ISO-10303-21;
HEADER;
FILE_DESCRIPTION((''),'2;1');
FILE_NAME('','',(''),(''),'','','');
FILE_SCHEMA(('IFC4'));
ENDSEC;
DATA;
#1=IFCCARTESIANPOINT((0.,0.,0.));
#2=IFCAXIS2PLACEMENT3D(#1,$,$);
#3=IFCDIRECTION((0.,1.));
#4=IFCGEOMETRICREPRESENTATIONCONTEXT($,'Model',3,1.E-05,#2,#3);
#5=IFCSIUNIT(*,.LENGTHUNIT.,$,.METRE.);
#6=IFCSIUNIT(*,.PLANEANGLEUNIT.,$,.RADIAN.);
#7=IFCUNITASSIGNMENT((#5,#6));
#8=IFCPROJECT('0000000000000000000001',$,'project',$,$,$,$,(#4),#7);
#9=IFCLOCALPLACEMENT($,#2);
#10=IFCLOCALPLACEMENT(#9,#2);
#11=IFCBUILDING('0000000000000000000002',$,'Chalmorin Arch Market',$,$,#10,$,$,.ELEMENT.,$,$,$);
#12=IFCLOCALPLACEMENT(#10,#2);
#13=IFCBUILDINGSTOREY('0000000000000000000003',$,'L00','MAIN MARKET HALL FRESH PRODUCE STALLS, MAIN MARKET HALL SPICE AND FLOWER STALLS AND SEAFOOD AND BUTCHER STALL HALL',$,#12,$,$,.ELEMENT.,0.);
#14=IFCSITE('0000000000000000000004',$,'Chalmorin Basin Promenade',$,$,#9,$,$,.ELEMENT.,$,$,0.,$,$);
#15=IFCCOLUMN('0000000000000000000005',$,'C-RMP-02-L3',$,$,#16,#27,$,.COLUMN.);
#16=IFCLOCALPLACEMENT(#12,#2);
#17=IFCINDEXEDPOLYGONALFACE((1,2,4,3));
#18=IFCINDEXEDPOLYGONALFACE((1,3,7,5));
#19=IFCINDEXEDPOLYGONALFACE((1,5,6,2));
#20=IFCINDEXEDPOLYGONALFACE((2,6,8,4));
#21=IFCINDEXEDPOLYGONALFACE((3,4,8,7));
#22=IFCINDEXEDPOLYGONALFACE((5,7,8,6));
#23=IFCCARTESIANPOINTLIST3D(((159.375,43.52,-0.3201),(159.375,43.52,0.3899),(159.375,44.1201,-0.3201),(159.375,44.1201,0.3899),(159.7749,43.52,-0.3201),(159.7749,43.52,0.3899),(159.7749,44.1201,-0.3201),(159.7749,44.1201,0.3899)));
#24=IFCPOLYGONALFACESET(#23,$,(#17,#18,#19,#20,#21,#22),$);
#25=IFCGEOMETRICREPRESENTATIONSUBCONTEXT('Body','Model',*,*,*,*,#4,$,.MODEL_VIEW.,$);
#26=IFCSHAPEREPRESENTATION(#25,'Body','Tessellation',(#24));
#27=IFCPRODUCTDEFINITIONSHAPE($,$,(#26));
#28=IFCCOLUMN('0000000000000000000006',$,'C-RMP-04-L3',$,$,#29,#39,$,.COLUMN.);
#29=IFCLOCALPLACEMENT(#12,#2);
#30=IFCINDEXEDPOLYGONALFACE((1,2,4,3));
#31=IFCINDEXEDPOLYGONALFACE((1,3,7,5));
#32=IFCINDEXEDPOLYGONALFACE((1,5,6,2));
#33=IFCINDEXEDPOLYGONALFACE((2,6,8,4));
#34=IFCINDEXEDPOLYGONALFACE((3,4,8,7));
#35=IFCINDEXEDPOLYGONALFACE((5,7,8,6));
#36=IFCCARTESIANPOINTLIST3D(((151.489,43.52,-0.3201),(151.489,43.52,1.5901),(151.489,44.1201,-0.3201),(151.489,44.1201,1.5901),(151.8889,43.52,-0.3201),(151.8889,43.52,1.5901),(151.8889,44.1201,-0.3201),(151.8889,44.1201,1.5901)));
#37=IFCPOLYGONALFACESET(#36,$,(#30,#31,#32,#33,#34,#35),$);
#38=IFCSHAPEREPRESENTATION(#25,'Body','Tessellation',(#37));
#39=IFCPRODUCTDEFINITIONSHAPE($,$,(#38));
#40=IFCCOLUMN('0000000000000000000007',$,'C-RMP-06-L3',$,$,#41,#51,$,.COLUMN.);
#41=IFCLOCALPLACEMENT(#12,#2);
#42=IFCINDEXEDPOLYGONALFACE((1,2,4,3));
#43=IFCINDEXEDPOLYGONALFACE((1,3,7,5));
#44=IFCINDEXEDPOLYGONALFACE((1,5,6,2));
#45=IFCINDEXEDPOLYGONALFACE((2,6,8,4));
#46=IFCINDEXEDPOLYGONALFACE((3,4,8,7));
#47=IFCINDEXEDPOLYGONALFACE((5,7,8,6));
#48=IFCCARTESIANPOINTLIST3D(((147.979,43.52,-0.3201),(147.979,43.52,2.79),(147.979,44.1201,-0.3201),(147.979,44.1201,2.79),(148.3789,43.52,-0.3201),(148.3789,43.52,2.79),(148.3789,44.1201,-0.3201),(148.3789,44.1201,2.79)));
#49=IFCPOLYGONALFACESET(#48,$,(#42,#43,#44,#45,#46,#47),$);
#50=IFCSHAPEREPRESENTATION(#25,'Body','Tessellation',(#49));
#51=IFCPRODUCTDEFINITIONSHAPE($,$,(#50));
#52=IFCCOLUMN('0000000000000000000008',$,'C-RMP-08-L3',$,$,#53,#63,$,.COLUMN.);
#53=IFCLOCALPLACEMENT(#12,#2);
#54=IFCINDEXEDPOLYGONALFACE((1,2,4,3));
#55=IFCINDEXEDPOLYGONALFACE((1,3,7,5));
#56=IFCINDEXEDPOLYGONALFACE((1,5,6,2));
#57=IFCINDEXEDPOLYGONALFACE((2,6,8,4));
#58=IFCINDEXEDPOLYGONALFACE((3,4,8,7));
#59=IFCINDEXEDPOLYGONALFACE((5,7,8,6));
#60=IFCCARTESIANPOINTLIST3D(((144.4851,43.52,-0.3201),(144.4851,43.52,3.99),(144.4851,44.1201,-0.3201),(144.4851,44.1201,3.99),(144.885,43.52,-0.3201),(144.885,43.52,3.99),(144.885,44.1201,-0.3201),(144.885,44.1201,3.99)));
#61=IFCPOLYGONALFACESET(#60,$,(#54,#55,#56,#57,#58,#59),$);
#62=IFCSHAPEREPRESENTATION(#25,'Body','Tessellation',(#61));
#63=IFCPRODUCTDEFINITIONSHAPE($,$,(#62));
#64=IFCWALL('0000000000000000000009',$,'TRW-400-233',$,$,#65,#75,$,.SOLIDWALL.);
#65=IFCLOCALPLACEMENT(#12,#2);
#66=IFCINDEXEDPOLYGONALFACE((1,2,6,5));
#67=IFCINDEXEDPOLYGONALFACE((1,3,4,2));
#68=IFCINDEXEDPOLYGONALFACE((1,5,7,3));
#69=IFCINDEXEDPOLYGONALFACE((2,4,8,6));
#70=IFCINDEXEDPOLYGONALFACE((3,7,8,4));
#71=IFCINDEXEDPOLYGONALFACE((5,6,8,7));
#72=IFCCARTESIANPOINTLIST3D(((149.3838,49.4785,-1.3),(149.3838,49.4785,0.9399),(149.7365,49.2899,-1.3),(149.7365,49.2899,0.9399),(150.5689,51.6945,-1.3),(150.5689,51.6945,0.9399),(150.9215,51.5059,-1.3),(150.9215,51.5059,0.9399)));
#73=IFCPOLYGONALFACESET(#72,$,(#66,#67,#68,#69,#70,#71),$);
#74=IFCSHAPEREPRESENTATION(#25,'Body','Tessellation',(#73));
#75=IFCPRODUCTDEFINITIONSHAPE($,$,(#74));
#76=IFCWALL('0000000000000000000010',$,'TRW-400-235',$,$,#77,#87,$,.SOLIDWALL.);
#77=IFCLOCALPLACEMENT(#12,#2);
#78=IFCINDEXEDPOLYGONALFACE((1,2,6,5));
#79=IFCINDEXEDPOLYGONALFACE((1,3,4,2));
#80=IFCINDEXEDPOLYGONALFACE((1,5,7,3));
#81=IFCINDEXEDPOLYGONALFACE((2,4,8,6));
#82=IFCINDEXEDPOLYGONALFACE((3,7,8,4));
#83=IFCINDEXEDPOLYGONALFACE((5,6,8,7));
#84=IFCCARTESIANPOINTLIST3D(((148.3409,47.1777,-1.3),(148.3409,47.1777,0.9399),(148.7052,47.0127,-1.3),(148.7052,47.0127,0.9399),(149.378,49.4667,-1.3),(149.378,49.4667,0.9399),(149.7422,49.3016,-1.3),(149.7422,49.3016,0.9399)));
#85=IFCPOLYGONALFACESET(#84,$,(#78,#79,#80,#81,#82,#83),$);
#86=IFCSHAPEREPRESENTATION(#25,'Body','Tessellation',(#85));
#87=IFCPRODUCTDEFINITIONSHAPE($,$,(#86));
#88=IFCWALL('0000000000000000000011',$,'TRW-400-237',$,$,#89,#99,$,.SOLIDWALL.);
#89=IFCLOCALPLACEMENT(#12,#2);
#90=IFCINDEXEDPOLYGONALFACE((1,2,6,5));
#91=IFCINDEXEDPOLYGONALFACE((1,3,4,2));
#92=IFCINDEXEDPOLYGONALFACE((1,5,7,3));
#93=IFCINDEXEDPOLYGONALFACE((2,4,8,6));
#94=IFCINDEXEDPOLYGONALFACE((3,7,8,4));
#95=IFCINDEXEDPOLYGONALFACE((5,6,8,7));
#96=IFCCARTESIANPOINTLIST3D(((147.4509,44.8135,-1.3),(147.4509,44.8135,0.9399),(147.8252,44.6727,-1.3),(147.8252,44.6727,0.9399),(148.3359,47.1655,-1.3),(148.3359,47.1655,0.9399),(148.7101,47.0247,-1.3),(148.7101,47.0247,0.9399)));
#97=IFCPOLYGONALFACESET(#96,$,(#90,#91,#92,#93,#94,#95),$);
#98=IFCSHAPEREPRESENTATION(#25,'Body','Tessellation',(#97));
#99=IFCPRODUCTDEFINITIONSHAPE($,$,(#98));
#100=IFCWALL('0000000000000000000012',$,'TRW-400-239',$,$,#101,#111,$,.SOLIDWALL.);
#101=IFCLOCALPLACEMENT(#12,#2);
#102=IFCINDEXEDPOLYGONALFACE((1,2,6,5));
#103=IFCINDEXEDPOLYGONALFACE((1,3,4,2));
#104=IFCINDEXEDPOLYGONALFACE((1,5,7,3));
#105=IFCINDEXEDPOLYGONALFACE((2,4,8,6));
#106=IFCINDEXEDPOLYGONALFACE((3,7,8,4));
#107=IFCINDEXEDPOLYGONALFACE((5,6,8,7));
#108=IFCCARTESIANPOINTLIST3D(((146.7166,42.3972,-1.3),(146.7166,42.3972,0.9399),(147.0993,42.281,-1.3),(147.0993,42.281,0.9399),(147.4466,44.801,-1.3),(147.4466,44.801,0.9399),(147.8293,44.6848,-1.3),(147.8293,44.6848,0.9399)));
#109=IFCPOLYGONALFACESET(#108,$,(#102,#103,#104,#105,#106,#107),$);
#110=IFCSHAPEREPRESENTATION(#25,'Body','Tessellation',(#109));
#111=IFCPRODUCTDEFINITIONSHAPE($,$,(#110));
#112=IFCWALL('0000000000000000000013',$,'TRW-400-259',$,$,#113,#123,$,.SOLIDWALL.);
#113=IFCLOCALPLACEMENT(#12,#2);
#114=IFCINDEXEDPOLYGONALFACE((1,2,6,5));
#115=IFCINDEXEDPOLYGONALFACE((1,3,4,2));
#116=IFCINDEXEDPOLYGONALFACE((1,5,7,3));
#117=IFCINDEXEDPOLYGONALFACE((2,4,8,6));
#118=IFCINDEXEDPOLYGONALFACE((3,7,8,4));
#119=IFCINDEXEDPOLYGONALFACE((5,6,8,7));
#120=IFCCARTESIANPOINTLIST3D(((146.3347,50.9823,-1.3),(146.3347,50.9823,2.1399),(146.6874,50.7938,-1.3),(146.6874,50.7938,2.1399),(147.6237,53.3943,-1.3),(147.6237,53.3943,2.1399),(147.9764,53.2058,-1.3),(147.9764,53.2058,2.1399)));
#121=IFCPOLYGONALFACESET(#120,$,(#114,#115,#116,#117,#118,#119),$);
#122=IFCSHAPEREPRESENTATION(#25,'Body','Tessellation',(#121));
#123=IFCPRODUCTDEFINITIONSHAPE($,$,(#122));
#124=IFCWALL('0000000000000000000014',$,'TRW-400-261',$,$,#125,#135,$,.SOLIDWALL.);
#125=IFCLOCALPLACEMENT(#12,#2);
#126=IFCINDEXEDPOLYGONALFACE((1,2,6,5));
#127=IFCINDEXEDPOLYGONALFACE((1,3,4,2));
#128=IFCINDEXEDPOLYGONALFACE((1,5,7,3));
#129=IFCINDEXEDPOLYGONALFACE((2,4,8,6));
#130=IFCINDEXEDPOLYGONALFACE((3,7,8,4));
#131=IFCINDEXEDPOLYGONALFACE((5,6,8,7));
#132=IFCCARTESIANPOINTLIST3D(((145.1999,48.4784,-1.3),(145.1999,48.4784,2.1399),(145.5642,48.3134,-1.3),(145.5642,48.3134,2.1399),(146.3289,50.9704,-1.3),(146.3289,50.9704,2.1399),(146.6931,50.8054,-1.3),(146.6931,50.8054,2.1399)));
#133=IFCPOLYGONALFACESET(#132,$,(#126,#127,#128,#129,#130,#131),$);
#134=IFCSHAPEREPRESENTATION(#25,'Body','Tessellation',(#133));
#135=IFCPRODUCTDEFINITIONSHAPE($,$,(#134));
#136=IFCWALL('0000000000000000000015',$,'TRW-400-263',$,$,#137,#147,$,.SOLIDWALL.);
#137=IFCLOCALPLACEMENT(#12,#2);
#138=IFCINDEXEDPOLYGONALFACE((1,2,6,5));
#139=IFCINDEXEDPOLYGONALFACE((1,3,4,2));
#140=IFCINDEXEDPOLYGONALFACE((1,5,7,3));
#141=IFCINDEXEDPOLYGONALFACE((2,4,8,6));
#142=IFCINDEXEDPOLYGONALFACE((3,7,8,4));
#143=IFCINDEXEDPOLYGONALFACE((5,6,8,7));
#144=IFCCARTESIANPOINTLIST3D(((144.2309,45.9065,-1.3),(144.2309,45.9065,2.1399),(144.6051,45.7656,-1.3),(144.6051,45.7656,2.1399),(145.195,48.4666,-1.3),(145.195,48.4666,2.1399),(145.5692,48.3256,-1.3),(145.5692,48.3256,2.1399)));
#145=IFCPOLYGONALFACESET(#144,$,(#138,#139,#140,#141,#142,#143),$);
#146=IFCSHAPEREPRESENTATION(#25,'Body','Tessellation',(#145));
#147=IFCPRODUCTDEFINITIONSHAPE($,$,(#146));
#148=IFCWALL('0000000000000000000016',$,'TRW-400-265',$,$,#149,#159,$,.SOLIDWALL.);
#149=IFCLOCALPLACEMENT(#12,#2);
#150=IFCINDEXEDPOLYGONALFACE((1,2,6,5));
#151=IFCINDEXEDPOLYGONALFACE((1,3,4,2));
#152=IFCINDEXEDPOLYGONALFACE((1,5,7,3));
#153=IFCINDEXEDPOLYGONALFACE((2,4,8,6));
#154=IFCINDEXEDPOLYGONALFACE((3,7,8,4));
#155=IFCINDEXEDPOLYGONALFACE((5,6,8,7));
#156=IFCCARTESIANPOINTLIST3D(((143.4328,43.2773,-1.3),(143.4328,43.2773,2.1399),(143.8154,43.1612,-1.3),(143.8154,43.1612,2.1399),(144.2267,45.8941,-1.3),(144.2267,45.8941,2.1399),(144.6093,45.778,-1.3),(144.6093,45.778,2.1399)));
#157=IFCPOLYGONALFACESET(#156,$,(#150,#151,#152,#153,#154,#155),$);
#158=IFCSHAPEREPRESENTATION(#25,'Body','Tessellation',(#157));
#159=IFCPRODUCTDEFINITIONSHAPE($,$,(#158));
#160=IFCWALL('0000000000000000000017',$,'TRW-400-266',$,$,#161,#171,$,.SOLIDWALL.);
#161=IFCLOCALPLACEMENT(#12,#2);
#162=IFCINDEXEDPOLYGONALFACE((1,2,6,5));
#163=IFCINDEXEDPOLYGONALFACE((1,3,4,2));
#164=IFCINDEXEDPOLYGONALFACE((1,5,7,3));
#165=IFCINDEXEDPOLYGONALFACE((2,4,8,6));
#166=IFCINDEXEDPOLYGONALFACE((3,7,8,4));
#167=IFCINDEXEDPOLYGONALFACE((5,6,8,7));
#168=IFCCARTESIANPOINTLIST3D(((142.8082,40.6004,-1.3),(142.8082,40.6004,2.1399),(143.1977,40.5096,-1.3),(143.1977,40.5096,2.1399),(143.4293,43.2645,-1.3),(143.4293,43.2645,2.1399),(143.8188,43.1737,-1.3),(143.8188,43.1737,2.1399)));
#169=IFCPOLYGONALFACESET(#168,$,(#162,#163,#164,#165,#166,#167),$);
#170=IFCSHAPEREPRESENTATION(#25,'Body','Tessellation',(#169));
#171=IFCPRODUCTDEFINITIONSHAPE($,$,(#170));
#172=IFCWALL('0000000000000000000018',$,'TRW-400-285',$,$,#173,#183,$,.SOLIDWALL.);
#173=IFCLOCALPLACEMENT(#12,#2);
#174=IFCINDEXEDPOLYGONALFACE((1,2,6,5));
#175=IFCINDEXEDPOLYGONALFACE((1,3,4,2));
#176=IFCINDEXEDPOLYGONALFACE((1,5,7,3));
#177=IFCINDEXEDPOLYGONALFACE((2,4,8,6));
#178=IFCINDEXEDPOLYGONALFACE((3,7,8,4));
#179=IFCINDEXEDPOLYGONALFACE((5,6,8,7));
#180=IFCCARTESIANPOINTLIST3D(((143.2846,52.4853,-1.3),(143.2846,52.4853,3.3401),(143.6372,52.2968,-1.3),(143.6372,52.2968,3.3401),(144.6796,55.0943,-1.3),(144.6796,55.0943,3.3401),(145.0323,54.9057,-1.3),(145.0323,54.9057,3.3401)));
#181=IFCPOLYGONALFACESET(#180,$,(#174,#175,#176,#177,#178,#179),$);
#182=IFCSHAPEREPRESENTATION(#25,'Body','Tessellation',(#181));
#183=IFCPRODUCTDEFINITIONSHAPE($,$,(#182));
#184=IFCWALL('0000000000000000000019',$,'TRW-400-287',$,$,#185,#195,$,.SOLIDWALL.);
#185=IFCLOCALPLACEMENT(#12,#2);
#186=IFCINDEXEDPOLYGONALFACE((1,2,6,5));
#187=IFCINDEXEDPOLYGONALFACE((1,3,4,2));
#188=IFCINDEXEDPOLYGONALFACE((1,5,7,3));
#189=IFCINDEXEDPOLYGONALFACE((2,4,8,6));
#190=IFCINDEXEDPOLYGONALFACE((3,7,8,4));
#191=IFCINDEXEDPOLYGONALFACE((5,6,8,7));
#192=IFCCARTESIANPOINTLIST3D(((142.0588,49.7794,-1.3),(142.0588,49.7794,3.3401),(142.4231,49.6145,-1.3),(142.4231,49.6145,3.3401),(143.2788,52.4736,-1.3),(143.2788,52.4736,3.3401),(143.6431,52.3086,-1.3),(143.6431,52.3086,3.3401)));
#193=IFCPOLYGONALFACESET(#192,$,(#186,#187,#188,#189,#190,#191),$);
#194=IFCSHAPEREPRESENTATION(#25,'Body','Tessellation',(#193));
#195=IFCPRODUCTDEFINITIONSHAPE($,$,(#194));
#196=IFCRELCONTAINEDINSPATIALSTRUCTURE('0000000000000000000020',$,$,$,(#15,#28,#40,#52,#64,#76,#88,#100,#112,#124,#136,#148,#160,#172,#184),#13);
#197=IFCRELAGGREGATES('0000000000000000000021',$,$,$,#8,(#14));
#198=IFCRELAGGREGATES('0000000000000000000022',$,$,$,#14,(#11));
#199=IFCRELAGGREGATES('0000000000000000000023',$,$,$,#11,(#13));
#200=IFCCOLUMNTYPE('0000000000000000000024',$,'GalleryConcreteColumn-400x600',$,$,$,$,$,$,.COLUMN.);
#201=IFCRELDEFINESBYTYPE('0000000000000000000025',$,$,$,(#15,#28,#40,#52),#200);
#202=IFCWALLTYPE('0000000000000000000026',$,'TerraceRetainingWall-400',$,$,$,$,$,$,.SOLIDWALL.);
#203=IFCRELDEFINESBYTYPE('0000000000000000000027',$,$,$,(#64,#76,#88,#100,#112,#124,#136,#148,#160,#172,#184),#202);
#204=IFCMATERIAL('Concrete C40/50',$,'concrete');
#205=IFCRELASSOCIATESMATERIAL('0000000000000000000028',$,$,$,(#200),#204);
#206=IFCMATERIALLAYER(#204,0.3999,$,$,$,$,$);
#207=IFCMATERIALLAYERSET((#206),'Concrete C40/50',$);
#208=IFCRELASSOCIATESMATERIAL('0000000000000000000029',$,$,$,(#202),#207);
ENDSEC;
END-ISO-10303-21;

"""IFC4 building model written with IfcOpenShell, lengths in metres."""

from ifc_helpers import new_model, si_unit, direction, frame, frame_2d, origin, origin_2d, place, context, subcontext, project, spatial, rectangle, extrude, material, layer, layer_set, material_profile, profile_set, type_object, element, save


model = new_model("IFC4")

# Units and contexts
model_context = context("Model", 3, precision=1e-05, world=origin(), true_north=direction((0.0, 1.0)))
body_context = subcontext(model_context, "Body", "Model", "MODEL_VIEW")
ifc_project = project(units=[si_unit("LENGTHUNIT", "METRE"), si_unit("PLANEANGLEUNIT", "RADIAN")], contexts=[model_context])

# Site, building, storey
site_placement = place(None, origin())
site = spatial("IfcSite", under=ifc_project, at=site_placement, Name="Chalmorin Basin Promenade", CompositionType="ELEMENT", RefElevation=0.0)
building_placement = place(site_placement, origin())
building = spatial("IfcBuilding", under=site, at=building_placement, Name="Chalmorin Arch Market", CompositionType="ELEMENT")
storey_placement = place(building_placement, origin())
storey = spatial("IfcBuildingStorey", under=building, at=storey_placement, Name="L00", Description="MAIN MARKET HALL FRESH PRODUCE STALLS, MAIN MARKET HALL SPICE AND FLOWER STALLS AND SEAFOOD AND BUTCHER STALL HALL", CompositionType="ELEMENT", Elevation=0.0)

# Columns
ifc_material_1 = material(Name="Concrete C40/50", Category="concrete")
ifc_material_profile = material_profile(ifc_material_1, rectangle(XDim=0.3999, YDim=0.6001, at=origin_2d()), Name="RC400X600")
ifc_profile_set = profile_set([ifc_material_profile], Name="Concrete C40/50")
column_type = type_object("IfcColumnType", Name="GalleryConcreteColumn-400x600", PredefinedType="COLUMN", material=ifc_profile_set)
column_1_placement = place(storey_placement, frame((159.575, 43.8201, -0.3201), z_axis=(0.0, 0.0, 1.0), x_axis=(1.0, 0.0, 0.0)))
element("IfcColumn", 1, at=column_1_placement, inside=storey, type_object=column_type, Name="C-RMP-02-L3", PredefinedType="COLUMN", context=body_context, shape_type="SweptSolid", body=[
    extrude(rectangle(XDim=0.3999, YDim=0.6001, at=origin_2d()), origin(), (0.0, 0.0, 1.0), 0.71),
])
column_2_placement = place(storey_placement, frame((151.689, 43.8201, -0.3201), z_axis=(0.0, 0.0, 1.0), x_axis=(1.0, 0.0, 0.0)))
element("IfcColumn", 2, at=column_2_placement, inside=storey, type_object=column_type, Name="C-RMP-04-L3", PredefinedType="COLUMN", context=body_context, shape_type="SweptSolid", body=[
    extrude(rectangle(XDim=0.3999, YDim=0.6001, at=origin_2d()), origin(), (0.0, 0.0, 1.0), 1.9102),
])
column_3_placement = place(storey_placement, frame((148.179, 43.8201, -0.3201), z_axis=(0.0, 0.0, 1.0), x_axis=(1.0, 0.0, 0.0)))
element("IfcColumn", 3, at=column_3_placement, inside=storey, type_object=column_type, Name="C-RMP-06-L3", PredefinedType="COLUMN", context=body_context, shape_type="SweptSolid", body=[
    extrude(rectangle(XDim=0.3999, YDim=0.6001, at=origin_2d()), origin(), (0.0, 0.0, 1.0), 3.1101),
])
column_4_placement = place(storey_placement, frame((144.6851, 43.8201, -0.3201), z_axis=(0.0, 0.0, 1.0), x_axis=(1.0, 0.0, 0.0)))
element("IfcColumn", 4, at=column_4_placement, inside=storey, type_object=column_type, Name="C-RMP-08-L3", PredefinedType="COLUMN", context=body_context, shape_type="SweptSolid", body=[
    extrude(rectangle(XDim=0.3999, YDim=0.6001, at=origin_2d()), origin(), (0.0, 0.0, 1.0), 4.3101),
])

# Walls
ifc_layer_1 = layer(ifc_material_1, 0.3999)
ifc_layer_set_1 = layer_set([ifc_layer_1], Name="Concrete C40/50")
wall_type_1 = type_object("IfcWallType", Name="TerraceRetainingWall-400", PredefinedType="SOLIDWALL", material=ifc_layer_set_1)
for number, where, z_axis, x_axis, name in (
    (5, (150.7451, 51.6001, -1.3), (0.0, 0.0, 1.0), (-0.471566, -0.881831, 0.0), "TRW-400-233"),
    (6, (149.5601, 49.384, -1.3), (0.0, 0.0, 1.0), (-0.41269, -0.910872, 0.0), "TRW-400-235"),
    (7, (148.5229, 47.095, -1.3), (0.0, 0.0, 1.0), (-0.352167, -0.935937, 0.0), "TRW-400-237"),
):
    element("IfcWall", number, at=place(storey_placement, frame(where, z_axis=z_axis, x_axis=x_axis)), inside=storey, type_object=wall_type_1, Name=name, PredefinedType="SOLIDWALL", context=body_context, shape_type="SweptSolid", body=[
        extrude(rectangle(XDim=2.5129, YDim=0.3999, at=frame_2d((1.2563, 0.0))), origin(), (0.0, 0.0, 1.0), 2.24),
    ])
wall_1_placement = place(storey_placement, frame((147.6379, 44.7429, -1.3), z_axis=(0.0, 0.0, 1.0), x_axis=(-0.290574, -0.956853, 0.0)))
element("IfcWall", 8, at=wall_1_placement, inside=storey, type_object=wall_type_1, Name="TRW-400-239", PredefinedType="SOLIDWALL", context=body_context, shape_type="SweptSolid", body=[
    extrude(rectangle(XDim=2.5122, YDim=0.3999, at=frame_2d((1.2561, 0.0))), origin(), (0.0, 0.0, 1.0), 2.24),
])
wall_2_placement = place(storey_placement, frame((147.8, 53.3, -1.3), z_axis=(0.0, 0.0, 1.0), x_axis=(-0.471329, -0.881957, 0.0)))
element("IfcWall", 9, at=wall_2_placement, inside=storey, type_object=wall_type_1, Name="TRW-400-259", PredefinedType="SOLIDWALL", context=body_context, shape_type="SweptSolid", body=[
    extrude(rectangle(XDim=2.7349, YDim=0.3999, at=frame_2d((1.3674, 0.0))), origin(), (0.0, 0.0, 1.0), 3.4399),
])
wall_3_placement = place(storey_placement, frame((146.511, 50.8879, -1.3), z_axis=(0.0, 0.0, 1.0), x_axis=(-0.412653, -0.910888, 0.0)))
element("IfcWall", 10, at=wall_3_placement, inside=storey, type_object=wall_type_1, Name="TRW-400-261", PredefinedType="SOLIDWALL", context=body_context, shape_type="SweptSolid", body=[
    extrude(rectangle(XDim=2.7358, YDim=0.3999, at=frame_2d((1.3679, 0.0))), origin(), (0.0, 0.0, 1.0), 3.4399),
])
wall_4_placement = place(storey_placement, frame((145.3821, 48.396, -1.3), z_axis=(0.0, 0.0, 1.0), x_axis=(-0.352434, -0.935837, 0.0)))
element("IfcWall", 11, at=wall_4_placement, inside=storey, type_object=wall_type_1, Name="TRW-400-263", PredefinedType="SOLIDWALL", context=body_context, shape_type="SweptSolid", body=[
    extrude(rectangle(XDim=2.7356, YDim=0.3999, at=frame_2d((1.3677, 0.0))), origin(), (0.0, 0.0, 1.0), 3.4399),
])
wall_5_placement = place(storey_placement, frame((144.418, 45.8359, -1.3), z_axis=(0.0, 0.0, 1.0), x_axis=(-0.29032, -0.95693, 0.0)))
element("IfcWall", 12, at=wall_5_placement, inside=storey, type_object=wall_type_1, Name="TRW-400-265", PredefinedType="SOLIDWALL", context=body_context, shape_type="SweptSolid", body=[
    extrude(rectangle(XDim=2.7346, YDim=0.3999, at=frame_2d((1.3672, 0.0))), origin(), (0.0, 0.0, 1.0), 3.4399),
])
wall_6_placement = place(storey_placement, frame((143.624, 43.219, -1.3), z_axis=(0.0, 0.0, 1.0), x_axis=(-0.227049, -0.973883, 0.0)))
element("IfcWall", 13, at=wall_6_placement, inside=storey, type_object=wall_type_1, Name="TRW-400-266", PredefinedType="SOLIDWALL", context=body_context, shape_type="SweptSolid", body=[
    extrude(rectangle(XDim=2.7356, YDim=0.3999, at=frame_2d((1.3677, 0.0))), origin(), (0.0, 0.0, 1.0), 3.4399),
])
wall_7_placement = place(storey_placement, frame((144.856, 55.0, -1.3), z_axis=(0.0, 0.0, 1.0), x_axis=(-0.471539, -0.881845, 0.0)))
element("IfcWall", 14, at=wall_7_placement, inside=storey, type_object=wall_type_1, Name="TRW-400-285", PredefinedType="SOLIDWALL", context=body_context, shape_type="SweptSolid", body=[
    extrude(rectangle(XDim=2.9585, YDim=0.3999, at=frame_2d((1.4792, 0.0))), origin(), (0.0, 0.0, 1.0), 4.6401),
])
wall_8_placement = place(storey_placement, frame((143.4609, 52.3911, -1.3), z_axis=(0.0, 0.0, 1.0), x_axis=(-0.412509, -0.910954, 0.0)))
element("IfcWall", 15, at=wall_8_placement, inside=storey, type_object=wall_type_1, Name="TRW-400-287", PredefinedType="SOLIDWALL", context=body_context, shape_type="SweptSolid", body=[
    extrude(rectangle(XDim=2.9575, YDim=0.3999, at=frame_2d((1.4788, 0.0))), origin(), (0.0, 0.0, 1.0), 4.6401),
])

save(model, "model.ifc")
